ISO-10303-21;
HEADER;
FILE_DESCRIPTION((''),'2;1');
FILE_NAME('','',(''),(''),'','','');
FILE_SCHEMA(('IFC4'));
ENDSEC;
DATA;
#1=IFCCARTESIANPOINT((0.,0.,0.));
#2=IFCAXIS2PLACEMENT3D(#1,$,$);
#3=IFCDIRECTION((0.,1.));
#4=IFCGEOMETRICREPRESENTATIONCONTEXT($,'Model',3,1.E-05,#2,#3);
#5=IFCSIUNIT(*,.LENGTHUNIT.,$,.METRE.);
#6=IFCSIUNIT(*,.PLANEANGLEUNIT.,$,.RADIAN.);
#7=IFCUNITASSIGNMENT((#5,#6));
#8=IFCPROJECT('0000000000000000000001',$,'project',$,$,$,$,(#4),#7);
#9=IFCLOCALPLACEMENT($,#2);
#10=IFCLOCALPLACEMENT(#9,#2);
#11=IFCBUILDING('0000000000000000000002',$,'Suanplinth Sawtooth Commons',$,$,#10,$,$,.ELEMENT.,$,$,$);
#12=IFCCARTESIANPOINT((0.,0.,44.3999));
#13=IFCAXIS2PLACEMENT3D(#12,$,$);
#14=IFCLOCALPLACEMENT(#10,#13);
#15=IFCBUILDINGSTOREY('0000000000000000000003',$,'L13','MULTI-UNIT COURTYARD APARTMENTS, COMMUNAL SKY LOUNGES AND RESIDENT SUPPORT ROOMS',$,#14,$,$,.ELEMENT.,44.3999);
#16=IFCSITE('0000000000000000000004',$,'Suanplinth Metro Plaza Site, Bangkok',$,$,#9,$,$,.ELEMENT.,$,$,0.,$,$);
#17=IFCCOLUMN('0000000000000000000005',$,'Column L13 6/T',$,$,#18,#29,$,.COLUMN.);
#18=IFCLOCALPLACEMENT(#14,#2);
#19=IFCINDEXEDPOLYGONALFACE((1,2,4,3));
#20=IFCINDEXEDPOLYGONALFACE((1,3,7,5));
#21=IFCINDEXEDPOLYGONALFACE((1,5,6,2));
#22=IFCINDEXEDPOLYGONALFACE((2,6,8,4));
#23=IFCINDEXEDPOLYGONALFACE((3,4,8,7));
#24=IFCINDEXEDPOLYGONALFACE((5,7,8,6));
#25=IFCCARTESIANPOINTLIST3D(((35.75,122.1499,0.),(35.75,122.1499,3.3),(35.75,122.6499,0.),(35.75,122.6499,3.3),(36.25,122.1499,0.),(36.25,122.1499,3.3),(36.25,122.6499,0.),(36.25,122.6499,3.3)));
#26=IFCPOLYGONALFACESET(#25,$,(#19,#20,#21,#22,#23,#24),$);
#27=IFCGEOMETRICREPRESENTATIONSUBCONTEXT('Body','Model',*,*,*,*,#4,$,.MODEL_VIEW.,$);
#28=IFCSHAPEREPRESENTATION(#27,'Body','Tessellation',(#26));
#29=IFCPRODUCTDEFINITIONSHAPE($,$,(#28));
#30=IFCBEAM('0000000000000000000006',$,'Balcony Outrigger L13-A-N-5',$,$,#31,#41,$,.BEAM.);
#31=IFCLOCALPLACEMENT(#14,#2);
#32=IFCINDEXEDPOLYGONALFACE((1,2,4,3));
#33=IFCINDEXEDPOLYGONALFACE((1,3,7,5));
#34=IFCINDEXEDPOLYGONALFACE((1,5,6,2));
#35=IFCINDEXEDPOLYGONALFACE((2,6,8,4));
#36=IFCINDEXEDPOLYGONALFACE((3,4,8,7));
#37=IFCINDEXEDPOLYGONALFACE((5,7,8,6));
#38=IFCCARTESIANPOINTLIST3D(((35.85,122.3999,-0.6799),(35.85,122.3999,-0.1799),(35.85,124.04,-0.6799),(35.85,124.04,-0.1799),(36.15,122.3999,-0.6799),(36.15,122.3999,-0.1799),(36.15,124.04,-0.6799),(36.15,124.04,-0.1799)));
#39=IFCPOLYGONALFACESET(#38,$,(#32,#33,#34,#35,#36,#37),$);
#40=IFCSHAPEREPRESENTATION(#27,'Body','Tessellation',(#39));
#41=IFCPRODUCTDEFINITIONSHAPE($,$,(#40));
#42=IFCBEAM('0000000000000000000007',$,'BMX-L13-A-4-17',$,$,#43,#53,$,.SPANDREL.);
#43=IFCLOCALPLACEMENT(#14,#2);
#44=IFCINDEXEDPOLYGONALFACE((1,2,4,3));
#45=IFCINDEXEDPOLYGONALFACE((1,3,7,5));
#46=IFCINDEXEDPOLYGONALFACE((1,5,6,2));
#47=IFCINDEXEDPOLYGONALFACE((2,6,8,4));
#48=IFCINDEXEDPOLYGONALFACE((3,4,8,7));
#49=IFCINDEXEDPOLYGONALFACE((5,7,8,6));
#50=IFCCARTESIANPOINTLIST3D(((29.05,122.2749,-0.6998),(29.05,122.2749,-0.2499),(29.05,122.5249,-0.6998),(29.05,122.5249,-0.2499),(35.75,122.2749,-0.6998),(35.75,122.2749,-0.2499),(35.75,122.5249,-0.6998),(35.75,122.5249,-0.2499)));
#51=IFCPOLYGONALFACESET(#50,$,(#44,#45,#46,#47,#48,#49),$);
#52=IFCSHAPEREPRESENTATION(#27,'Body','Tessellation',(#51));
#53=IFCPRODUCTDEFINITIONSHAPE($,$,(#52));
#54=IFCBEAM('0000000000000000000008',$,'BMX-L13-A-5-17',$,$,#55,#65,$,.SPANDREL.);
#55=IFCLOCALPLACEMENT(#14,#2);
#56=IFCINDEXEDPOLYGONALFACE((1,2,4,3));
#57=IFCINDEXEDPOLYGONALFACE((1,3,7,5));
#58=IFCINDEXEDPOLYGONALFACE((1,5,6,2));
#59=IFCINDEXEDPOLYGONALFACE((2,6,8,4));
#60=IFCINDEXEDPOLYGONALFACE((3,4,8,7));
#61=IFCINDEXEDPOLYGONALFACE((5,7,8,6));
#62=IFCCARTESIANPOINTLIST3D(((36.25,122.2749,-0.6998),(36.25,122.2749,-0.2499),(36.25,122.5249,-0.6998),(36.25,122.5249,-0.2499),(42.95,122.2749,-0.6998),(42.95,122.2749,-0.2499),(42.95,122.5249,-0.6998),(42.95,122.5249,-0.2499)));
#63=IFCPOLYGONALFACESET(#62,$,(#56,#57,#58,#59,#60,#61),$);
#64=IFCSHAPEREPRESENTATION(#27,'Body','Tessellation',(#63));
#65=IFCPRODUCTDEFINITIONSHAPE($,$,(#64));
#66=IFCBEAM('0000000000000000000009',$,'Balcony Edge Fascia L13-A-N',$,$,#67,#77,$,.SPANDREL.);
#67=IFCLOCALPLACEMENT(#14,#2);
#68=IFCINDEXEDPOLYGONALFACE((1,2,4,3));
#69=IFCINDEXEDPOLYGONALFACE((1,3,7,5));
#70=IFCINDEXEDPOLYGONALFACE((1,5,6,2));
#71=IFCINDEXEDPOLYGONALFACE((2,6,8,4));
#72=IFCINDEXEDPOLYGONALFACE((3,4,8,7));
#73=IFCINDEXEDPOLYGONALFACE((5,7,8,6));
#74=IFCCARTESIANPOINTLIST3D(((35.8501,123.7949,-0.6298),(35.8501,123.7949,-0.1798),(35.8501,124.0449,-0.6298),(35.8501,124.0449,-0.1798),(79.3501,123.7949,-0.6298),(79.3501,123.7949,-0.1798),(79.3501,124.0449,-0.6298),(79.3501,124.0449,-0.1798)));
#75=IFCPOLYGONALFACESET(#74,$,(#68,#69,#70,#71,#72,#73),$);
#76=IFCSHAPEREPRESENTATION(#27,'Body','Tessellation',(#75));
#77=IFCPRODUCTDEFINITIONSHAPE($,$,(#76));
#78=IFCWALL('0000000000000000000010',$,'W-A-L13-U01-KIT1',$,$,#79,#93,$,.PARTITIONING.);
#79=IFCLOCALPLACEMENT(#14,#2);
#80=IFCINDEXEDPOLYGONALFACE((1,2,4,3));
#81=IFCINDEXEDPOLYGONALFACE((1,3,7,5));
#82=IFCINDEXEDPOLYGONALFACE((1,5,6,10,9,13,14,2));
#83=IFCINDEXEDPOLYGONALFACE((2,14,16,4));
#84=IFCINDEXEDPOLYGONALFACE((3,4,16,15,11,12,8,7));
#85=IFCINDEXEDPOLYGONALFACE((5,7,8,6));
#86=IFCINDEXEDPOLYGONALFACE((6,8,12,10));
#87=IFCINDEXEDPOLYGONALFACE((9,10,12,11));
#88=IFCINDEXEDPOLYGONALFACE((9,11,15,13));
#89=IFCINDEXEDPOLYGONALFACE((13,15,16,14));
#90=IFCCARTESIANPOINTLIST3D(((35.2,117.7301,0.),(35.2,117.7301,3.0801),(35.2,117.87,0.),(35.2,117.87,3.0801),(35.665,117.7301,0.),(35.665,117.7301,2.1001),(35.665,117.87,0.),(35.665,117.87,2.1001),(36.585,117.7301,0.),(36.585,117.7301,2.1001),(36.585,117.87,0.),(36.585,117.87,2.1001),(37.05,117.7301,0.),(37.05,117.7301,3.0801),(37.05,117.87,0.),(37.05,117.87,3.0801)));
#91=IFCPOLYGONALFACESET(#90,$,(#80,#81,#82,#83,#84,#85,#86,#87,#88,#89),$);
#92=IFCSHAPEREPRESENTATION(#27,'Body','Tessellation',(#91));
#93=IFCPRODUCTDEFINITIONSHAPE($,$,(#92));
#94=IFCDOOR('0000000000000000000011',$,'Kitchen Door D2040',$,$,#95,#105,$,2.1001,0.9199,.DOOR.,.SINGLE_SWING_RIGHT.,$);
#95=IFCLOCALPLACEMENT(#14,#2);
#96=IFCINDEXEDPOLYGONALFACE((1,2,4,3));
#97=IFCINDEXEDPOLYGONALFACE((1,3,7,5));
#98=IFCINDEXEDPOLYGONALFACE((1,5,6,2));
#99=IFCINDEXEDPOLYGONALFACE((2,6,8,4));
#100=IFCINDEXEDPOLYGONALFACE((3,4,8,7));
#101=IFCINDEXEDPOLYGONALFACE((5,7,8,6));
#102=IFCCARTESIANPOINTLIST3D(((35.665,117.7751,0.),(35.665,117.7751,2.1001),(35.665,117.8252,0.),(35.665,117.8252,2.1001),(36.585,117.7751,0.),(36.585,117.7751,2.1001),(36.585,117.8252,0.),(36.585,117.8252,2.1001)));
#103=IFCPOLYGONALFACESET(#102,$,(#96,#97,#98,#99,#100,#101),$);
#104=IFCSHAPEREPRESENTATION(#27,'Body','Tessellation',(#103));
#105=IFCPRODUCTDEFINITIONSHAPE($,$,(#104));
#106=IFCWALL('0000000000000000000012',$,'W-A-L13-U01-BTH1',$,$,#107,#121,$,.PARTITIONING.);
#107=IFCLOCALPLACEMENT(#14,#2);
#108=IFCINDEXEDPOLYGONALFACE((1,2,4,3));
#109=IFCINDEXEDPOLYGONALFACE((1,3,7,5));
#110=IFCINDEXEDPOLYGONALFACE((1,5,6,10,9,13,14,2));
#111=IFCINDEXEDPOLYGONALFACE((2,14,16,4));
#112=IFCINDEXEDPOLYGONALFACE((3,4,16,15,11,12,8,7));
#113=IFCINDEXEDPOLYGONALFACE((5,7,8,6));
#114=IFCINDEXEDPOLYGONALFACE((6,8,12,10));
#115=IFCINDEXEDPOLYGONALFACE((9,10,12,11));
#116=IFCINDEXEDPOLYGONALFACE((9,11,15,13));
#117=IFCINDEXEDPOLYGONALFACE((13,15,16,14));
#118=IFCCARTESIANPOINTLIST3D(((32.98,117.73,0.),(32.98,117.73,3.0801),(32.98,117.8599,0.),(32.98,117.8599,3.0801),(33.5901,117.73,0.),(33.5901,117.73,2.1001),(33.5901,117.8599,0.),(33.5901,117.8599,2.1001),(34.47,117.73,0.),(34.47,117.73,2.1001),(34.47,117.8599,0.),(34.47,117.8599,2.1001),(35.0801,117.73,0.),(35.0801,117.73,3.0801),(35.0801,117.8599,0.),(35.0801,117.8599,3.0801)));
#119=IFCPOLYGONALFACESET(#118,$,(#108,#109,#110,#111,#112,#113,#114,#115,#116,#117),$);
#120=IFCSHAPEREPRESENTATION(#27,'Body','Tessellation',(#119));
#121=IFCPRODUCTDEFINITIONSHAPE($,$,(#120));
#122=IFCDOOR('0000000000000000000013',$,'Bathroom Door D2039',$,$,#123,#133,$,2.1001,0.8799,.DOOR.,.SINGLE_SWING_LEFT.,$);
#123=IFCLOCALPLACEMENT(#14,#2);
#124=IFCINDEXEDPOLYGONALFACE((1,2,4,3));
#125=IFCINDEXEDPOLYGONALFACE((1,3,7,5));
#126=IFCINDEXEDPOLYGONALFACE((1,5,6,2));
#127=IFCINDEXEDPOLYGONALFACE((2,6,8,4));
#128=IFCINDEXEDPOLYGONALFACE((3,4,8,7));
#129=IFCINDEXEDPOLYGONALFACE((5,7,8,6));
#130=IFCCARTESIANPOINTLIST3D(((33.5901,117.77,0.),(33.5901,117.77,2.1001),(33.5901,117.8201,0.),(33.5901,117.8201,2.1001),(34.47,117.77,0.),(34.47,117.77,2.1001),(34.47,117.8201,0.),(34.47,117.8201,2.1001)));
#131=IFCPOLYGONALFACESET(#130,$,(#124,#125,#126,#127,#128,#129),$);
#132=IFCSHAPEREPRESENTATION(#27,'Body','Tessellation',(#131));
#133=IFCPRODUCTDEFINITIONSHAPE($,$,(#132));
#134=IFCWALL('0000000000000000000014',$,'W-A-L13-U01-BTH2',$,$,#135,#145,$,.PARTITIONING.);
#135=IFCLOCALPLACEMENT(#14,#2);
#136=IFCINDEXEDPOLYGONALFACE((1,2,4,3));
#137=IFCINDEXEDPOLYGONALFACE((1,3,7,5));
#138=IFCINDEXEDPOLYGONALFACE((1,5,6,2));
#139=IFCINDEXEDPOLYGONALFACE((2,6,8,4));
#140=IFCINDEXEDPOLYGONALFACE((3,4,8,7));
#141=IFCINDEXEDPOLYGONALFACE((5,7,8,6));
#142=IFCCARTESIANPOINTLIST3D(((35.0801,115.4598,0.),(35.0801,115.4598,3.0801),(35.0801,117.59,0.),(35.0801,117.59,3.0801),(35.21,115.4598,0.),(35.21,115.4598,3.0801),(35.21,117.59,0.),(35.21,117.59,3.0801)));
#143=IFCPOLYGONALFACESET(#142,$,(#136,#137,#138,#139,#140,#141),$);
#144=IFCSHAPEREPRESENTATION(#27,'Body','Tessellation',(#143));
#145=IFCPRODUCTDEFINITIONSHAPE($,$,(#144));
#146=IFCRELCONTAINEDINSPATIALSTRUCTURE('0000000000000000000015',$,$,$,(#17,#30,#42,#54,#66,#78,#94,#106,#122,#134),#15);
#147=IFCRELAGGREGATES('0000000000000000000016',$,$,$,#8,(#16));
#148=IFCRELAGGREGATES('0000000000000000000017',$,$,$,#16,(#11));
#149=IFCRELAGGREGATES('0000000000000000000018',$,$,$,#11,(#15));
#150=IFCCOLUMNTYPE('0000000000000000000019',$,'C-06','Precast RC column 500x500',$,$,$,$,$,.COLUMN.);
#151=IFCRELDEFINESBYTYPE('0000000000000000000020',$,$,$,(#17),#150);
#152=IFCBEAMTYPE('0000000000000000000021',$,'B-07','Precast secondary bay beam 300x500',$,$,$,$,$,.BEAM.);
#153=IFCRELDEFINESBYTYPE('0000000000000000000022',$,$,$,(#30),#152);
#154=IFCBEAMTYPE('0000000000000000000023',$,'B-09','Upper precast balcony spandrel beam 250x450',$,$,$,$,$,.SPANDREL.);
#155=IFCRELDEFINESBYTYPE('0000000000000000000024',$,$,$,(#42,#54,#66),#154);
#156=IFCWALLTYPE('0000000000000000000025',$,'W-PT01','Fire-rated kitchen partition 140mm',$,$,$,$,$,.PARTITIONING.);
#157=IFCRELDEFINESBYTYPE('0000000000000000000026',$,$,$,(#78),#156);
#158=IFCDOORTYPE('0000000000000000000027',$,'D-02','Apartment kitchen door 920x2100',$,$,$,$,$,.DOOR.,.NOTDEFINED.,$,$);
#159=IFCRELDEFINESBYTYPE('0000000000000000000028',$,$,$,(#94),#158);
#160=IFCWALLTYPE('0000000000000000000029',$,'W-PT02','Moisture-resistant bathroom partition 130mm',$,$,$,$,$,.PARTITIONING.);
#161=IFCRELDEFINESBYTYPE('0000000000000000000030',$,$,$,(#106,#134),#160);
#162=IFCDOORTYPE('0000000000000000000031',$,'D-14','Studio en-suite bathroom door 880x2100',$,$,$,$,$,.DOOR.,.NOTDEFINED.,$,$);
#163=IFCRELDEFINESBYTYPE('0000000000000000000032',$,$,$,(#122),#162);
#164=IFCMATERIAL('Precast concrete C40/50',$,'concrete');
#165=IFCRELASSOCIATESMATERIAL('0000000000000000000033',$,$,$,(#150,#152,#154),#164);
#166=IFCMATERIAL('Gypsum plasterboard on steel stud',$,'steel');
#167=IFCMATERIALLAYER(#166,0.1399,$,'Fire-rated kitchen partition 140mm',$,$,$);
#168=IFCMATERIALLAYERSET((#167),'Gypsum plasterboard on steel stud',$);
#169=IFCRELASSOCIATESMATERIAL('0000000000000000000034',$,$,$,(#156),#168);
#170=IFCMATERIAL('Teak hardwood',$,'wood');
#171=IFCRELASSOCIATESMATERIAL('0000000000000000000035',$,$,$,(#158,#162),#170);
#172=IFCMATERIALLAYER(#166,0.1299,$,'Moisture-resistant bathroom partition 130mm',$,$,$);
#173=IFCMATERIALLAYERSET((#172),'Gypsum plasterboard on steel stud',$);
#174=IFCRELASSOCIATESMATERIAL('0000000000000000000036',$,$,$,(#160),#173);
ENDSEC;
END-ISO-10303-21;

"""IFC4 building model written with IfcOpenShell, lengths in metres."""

from ifc_helpers import new_model, si_unit, direction, frame, frame_2d, origin, origin_2d, place, context, subcontext, project, spatial, rectangle, extrude, material, layer, layer_set, material_profile, profile_set, type_object, element, fill, save


model = new_model("IFC4")

# Units and contexts
model_context = context("Model", 3, precision=1e-05, world=origin(), true_north=direction((0.0, 1.0)))
body_context = subcontext(model_context, "Body", "Model", "MODEL_VIEW")
ifc_project = project(units=[si_unit("LENGTHUNIT", "METRE"), si_unit("PLANEANGLEUNIT", "RADIAN")], contexts=[model_context])

# Site, building, storey
site_placement = place(None, origin())
site = spatial("IfcSite", under=ifc_project, at=site_placement, Name="Suanplinth Metro Plaza Site, Bangkok", CompositionType="ELEMENT", RefElevation=0.0)
building_placement = place(site_placement, origin())
building = spatial("IfcBuilding", under=site, at=building_placement, Name="Suanplinth Sawtooth Commons", CompositionType="ELEMENT")
storey_placement = place(building_placement, frame((0.0, 0.0, 44.3999)))
storey = spatial("IfcBuildingStorey", under=building, at=storey_placement, Name="L13", Description="MULTI-UNIT COURTYARD APARTMENTS, COMMUNAL SKY LOUNGES AND RESIDENT SUPPORT ROOMS", CompositionType="ELEMENT", Elevation=44.3999)

# Column
ifc_material_1 = material(Name="Precast concrete C40/50", Category="concrete")
ifc_material_profile_1 = material_profile(ifc_material_1, rectangle(XDim=0.5, YDim=0.5, at=origin_2d()), Name="PC-COL 500x500")
ifc_profile_set_1 = profile_set([ifc_material_profile_1], Name="Precast concrete C40/50")
column_type = type_object("IfcColumnType", Name="C-06", Description="Precast RC column 500x500", PredefinedType="COLUMN", material=ifc_profile_set_1)
column_placement = place(storey_placement, frame((36.0, 122.3999, 0.0), z_axis=(0.0, 0.0, 1.0), x_axis=(1.0, 0.0, 0.0)))
element("IfcColumn", 1, at=column_placement, inside=storey, type_object=column_type, Name="Column L13 6/T", PredefinedType="COLUMN", context=body_context, shape_type="SweptSolid", body=[
    extrude(rectangle(XDim=0.5, YDim=0.5, at=origin_2d()), origin(), (0.0, 0.0, 1.0), 3.3),
])

# Beams
ifc_material_profile_2 = material_profile(ifc_material_1, rectangle(XDim=0.3, YDim=0.5, at=origin_2d()), Name="PC-BM 300x500")
ifc_profile_set_2 = profile_set([ifc_material_profile_2], Name="Precast concrete C40/50")
beam_type_1 = type_object("IfcBeamType", Name="B-07", Description="Precast secondary bay beam 300x500", PredefinedType="BEAM", material=ifc_profile_set_2)
beam_1_placement = place(storey_placement, frame((36.0, 122.3999, -0.4299), z_axis=(0.0, 1.0, 0.0), x_axis=(-1.0, 0.0, 0.0)))
element("IfcBeam", 2, at=beam_1_placement, inside=storey, type_object=beam_type_1, Name="Balcony Outrigger L13-A-N-5", PredefinedType="BEAM", context=body_context, shape_type="SweptSolid", body=[
    extrude(rectangle(XDim=0.3, YDim=0.5, at=origin_2d()), origin(), (0.0, 0.0, 1.0), 1.6401),
])
ifc_material_profile_3 = material_profile(ifc_material_1, rectangle(XDim=0.25, YDim=0.45, at=origin_2d()), Name="PC-SP 250x450")
ifc_profile_set_3 = profile_set([ifc_material_profile_3], Name="Precast concrete C40/50")
beam_type_2 = type_object("IfcBeamType", Name="B-09", Description="Upper precast balcony spandrel beam 250x450", PredefinedType="SPANDREL", material=ifc_profile_set_3)
for number, where, z_axis, x_axis, name in (
    (3, (29.05, 122.3999, -0.4749), (1.0, 0.0, 0.0), (0.0, 1.0, 0.0), "BMX-L13-A-4-17"),
    (4, (36.25, 122.3999, -0.4749), (1.0, 0.0, 0.0), (0.0, 1.0, 0.0), "BMX-L13-A-5-17"),
):
    element("IfcBeam", number, at=place(storey_placement, frame(where, z_axis=z_axis, x_axis=x_axis)), inside=storey, type_object=beam_type_2, Name=name, PredefinedType="SPANDREL", context=body_context, shape_type="SweptSolid", body=[
        extrude(rectangle(XDim=0.25, YDim=0.45, at=origin_2d()), origin(), (0.0, 0.0, 1.0), 6.7),
    ])
beam_2_placement = place(storey_placement, frame((35.8501, 123.9199, -0.4048), z_axis=(1.0, 0.0, 0.0), x_axis=(0.0, 1.0, 0.0)))
element("IfcBeam", 5, at=beam_2_placement, inside=storey, type_object=beam_type_2, Name="Balcony Edge Fascia L13-A-N", PredefinedType="SPANDREL", context=body_context, shape_type="SweptSolid", body=[
    extrude(rectangle(XDim=0.25, YDim=0.45, at=origin_2d()), origin(), (0.0, 0.0, 1.0), 43.5),
])

# Walls, openings, doors
ifc_material_2 = material(Name="Gypsum plasterboard on steel stud", Category="steel")
ifc_layer_1 = layer(ifc_material_2, 0.1399, Name="Fire-rated kitchen partition 140mm")
ifc_layer_set_1 = layer_set([ifc_layer_1], Name="Gypsum plasterboard on steel stud")
wall_type_1 = type_object("IfcWallType", Name="W-PT01", Description="Fire-rated kitchen partition 140mm", PredefinedType="PARTITIONING", material=ifc_layer_set_1)
wall_1_placement = place(storey_placement, frame((35.2, 117.8, 0.0), z_axis=(0.0, 0.0, 1.0), x_axis=(1.0, 0.0, 0.0)))
wall_1 = element("IfcWall", 6, at=wall_1_placement, inside=storey, type_object=wall_type_1, Name="W-A-L13-U01-KIT1", PredefinedType="PARTITIONING", context=body_context, shape_type="SweptSolid", body=[
    extrude(rectangle(XDim=1.8501, YDim=0.1399, at=frame_2d((0.925, 0.0))), origin(), (0.0, 0.0, 1.0), 3.0801),
])
opening_1_placement = place(wall_1_placement, frame((0.4651, 0.0, 0.0)))
opening_1 = element("IfcOpeningElement", 7, at=opening_1_placement, cuts=wall_1, PredefinedType="OPENING", context=body_context, shape_type="SweptSolid", body=[
    extrude(rectangle(XDim=0.9199, YDim=2.1001, at=frame_2d((0.46, 1.05))), frame((0.0, 0.085, 0.0), z_axis=(0.0, -1.0, 0.0), x_axis=(1.0, 0.0, 0.0)), (0.0, 0.0, 1.0), 0.1697),
])
ifc_material_3 = material(Name="Teak hardwood", Category="wood")
door_type_1 = type_object("IfcDoorType", Name="D-02", Description="Apartment kitchen door 920x2100", OperationType="NOTDEFINED", PredefinedType="DOOR", material=ifc_material_3)
door_1_placement = place(opening_1_placement, frame((0.9199, 0.0, 0.0), z_axis=(0.0, 0.0, 1.0), x_axis=(-1.0, 0.0, 0.0)))
door_1 = element("IfcDoor", 8, at=door_1_placement, inside=storey, type_object=door_type_1, Name="Kitchen Door D2040", OperationType="SINGLE_SWING_RIGHT", OverallHeight=2.1001, OverallWidth=0.9199, PredefinedType="DOOR", context=body_context, shape_type="SweptSolid", body=[
    extrude(rectangle(XDim=0.9199, YDim=2.1001, at=frame_2d((0.46, 1.05))), frame((0.0, 0.0249, 0.0), z_axis=(0.0, -1.0, 0.0), x_axis=(1.0, 0.0, 0.0)), (0.0, 0.0, 1.0), 0.05),
])
fill(opening_1, door_1)
ifc_layer_2 = layer(ifc_material_2, 0.1299, Name="Moisture-resistant bathroom partition 130mm")
ifc_layer_set_2 = layer_set([ifc_layer_2], Name="Gypsum plasterboard on steel stud")
wall_type_2 = type_object("IfcWallType", Name="W-PT02", Description="Moisture-resistant bathroom partition 130mm", PredefinedType="PARTITIONING", material=ifc_layer_set_2)
wall_2_placement = place(storey_placement, frame((32.98, 117.7949, 0.0), z_axis=(0.0, 0.0, 1.0), x_axis=(1.0, 0.0, 0.0)))
wall_2 = element("IfcWall", 9, at=wall_2_placement, inside=storey, type_object=wall_type_2, Name="W-A-L13-U01-BTH1", PredefinedType="PARTITIONING", context=body_context, shape_type="SweptSolid", body=[
    extrude(rectangle(XDim=2.1001, YDim=0.1299, at=frame_2d((1.05, 0.0))), origin(), (0.0, 0.0, 1.0), 3.0801),
])
opening_2_placement = place(wall_2_placement, frame((0.6101, 0.0, 0.0)))
opening_2 = element("IfcOpeningElement", 10, at=opening_2_placement, cuts=wall_2, PredefinedType="OPENING", context=body_context, shape_type="SweptSolid", body=[
    extrude(rectangle(XDim=0.8799, YDim=2.1001, at=frame_2d((0.4399, 1.05))), frame((0.0, 0.0798, 0.0), z_axis=(0.0, -1.0, 0.0), x_axis=(1.0, 0.0, 0.0)), (0.0, 0.0, 1.0), 0.1597),
])
door_type_2 = type_object("IfcDoorType", Name="D-14", Description="Studio en-suite bathroom door 880x2100", OperationType="NOTDEFINED", PredefinedType="DOOR", material=ifc_material_3)
door_2_placement = place(opening_2_placement, frame((0.8799, 0.0, 0.0), z_axis=(0.0, 0.0, 1.0), x_axis=(-1.0, 0.0, 0.0)))
door_2 = element("IfcDoor", 11, at=door_2_placement, inside=storey, type_object=door_type_2, Name="Bathroom Door D2039", OperationType="SINGLE_SWING_LEFT", OverallHeight=2.1001, OverallWidth=0.8799, PredefinedType="DOOR", context=body_context, shape_type="SweptSolid", body=[
    extrude(rectangle(XDim=0.8799, YDim=2.1001, at=frame_2d((0.4399, 1.05))), frame((0.0, 0.0249, 0.0), z_axis=(0.0, -1.0, 0.0), x_axis=(1.0, 0.0, 0.0)), (0.0, 0.0, 1.0), 0.05),
])
fill(opening_2, door_2)

# Wall
wall_3_placement = place(storey_placement, frame((35.145, 115.46, 0.0), z_axis=(0.0, 0.0, 1.0), x_axis=(0.0, 1.0, 0.0)))
element("IfcWall", 12, at=wall_3_placement, inside=storey, type_object=wall_type_2, Name="W-A-L13-U01-BTH2", PredefinedType="PARTITIONING", context=body_context, shape_type="SweptSolid", body=[
    extrude(rectangle(XDim=2.1301, YDim=0.1299, at=frame_2d((1.0649, 0.0))), origin(), (0.0, 0.0, 1.0), 3.0801),
])

save(model, "model.ifc")
